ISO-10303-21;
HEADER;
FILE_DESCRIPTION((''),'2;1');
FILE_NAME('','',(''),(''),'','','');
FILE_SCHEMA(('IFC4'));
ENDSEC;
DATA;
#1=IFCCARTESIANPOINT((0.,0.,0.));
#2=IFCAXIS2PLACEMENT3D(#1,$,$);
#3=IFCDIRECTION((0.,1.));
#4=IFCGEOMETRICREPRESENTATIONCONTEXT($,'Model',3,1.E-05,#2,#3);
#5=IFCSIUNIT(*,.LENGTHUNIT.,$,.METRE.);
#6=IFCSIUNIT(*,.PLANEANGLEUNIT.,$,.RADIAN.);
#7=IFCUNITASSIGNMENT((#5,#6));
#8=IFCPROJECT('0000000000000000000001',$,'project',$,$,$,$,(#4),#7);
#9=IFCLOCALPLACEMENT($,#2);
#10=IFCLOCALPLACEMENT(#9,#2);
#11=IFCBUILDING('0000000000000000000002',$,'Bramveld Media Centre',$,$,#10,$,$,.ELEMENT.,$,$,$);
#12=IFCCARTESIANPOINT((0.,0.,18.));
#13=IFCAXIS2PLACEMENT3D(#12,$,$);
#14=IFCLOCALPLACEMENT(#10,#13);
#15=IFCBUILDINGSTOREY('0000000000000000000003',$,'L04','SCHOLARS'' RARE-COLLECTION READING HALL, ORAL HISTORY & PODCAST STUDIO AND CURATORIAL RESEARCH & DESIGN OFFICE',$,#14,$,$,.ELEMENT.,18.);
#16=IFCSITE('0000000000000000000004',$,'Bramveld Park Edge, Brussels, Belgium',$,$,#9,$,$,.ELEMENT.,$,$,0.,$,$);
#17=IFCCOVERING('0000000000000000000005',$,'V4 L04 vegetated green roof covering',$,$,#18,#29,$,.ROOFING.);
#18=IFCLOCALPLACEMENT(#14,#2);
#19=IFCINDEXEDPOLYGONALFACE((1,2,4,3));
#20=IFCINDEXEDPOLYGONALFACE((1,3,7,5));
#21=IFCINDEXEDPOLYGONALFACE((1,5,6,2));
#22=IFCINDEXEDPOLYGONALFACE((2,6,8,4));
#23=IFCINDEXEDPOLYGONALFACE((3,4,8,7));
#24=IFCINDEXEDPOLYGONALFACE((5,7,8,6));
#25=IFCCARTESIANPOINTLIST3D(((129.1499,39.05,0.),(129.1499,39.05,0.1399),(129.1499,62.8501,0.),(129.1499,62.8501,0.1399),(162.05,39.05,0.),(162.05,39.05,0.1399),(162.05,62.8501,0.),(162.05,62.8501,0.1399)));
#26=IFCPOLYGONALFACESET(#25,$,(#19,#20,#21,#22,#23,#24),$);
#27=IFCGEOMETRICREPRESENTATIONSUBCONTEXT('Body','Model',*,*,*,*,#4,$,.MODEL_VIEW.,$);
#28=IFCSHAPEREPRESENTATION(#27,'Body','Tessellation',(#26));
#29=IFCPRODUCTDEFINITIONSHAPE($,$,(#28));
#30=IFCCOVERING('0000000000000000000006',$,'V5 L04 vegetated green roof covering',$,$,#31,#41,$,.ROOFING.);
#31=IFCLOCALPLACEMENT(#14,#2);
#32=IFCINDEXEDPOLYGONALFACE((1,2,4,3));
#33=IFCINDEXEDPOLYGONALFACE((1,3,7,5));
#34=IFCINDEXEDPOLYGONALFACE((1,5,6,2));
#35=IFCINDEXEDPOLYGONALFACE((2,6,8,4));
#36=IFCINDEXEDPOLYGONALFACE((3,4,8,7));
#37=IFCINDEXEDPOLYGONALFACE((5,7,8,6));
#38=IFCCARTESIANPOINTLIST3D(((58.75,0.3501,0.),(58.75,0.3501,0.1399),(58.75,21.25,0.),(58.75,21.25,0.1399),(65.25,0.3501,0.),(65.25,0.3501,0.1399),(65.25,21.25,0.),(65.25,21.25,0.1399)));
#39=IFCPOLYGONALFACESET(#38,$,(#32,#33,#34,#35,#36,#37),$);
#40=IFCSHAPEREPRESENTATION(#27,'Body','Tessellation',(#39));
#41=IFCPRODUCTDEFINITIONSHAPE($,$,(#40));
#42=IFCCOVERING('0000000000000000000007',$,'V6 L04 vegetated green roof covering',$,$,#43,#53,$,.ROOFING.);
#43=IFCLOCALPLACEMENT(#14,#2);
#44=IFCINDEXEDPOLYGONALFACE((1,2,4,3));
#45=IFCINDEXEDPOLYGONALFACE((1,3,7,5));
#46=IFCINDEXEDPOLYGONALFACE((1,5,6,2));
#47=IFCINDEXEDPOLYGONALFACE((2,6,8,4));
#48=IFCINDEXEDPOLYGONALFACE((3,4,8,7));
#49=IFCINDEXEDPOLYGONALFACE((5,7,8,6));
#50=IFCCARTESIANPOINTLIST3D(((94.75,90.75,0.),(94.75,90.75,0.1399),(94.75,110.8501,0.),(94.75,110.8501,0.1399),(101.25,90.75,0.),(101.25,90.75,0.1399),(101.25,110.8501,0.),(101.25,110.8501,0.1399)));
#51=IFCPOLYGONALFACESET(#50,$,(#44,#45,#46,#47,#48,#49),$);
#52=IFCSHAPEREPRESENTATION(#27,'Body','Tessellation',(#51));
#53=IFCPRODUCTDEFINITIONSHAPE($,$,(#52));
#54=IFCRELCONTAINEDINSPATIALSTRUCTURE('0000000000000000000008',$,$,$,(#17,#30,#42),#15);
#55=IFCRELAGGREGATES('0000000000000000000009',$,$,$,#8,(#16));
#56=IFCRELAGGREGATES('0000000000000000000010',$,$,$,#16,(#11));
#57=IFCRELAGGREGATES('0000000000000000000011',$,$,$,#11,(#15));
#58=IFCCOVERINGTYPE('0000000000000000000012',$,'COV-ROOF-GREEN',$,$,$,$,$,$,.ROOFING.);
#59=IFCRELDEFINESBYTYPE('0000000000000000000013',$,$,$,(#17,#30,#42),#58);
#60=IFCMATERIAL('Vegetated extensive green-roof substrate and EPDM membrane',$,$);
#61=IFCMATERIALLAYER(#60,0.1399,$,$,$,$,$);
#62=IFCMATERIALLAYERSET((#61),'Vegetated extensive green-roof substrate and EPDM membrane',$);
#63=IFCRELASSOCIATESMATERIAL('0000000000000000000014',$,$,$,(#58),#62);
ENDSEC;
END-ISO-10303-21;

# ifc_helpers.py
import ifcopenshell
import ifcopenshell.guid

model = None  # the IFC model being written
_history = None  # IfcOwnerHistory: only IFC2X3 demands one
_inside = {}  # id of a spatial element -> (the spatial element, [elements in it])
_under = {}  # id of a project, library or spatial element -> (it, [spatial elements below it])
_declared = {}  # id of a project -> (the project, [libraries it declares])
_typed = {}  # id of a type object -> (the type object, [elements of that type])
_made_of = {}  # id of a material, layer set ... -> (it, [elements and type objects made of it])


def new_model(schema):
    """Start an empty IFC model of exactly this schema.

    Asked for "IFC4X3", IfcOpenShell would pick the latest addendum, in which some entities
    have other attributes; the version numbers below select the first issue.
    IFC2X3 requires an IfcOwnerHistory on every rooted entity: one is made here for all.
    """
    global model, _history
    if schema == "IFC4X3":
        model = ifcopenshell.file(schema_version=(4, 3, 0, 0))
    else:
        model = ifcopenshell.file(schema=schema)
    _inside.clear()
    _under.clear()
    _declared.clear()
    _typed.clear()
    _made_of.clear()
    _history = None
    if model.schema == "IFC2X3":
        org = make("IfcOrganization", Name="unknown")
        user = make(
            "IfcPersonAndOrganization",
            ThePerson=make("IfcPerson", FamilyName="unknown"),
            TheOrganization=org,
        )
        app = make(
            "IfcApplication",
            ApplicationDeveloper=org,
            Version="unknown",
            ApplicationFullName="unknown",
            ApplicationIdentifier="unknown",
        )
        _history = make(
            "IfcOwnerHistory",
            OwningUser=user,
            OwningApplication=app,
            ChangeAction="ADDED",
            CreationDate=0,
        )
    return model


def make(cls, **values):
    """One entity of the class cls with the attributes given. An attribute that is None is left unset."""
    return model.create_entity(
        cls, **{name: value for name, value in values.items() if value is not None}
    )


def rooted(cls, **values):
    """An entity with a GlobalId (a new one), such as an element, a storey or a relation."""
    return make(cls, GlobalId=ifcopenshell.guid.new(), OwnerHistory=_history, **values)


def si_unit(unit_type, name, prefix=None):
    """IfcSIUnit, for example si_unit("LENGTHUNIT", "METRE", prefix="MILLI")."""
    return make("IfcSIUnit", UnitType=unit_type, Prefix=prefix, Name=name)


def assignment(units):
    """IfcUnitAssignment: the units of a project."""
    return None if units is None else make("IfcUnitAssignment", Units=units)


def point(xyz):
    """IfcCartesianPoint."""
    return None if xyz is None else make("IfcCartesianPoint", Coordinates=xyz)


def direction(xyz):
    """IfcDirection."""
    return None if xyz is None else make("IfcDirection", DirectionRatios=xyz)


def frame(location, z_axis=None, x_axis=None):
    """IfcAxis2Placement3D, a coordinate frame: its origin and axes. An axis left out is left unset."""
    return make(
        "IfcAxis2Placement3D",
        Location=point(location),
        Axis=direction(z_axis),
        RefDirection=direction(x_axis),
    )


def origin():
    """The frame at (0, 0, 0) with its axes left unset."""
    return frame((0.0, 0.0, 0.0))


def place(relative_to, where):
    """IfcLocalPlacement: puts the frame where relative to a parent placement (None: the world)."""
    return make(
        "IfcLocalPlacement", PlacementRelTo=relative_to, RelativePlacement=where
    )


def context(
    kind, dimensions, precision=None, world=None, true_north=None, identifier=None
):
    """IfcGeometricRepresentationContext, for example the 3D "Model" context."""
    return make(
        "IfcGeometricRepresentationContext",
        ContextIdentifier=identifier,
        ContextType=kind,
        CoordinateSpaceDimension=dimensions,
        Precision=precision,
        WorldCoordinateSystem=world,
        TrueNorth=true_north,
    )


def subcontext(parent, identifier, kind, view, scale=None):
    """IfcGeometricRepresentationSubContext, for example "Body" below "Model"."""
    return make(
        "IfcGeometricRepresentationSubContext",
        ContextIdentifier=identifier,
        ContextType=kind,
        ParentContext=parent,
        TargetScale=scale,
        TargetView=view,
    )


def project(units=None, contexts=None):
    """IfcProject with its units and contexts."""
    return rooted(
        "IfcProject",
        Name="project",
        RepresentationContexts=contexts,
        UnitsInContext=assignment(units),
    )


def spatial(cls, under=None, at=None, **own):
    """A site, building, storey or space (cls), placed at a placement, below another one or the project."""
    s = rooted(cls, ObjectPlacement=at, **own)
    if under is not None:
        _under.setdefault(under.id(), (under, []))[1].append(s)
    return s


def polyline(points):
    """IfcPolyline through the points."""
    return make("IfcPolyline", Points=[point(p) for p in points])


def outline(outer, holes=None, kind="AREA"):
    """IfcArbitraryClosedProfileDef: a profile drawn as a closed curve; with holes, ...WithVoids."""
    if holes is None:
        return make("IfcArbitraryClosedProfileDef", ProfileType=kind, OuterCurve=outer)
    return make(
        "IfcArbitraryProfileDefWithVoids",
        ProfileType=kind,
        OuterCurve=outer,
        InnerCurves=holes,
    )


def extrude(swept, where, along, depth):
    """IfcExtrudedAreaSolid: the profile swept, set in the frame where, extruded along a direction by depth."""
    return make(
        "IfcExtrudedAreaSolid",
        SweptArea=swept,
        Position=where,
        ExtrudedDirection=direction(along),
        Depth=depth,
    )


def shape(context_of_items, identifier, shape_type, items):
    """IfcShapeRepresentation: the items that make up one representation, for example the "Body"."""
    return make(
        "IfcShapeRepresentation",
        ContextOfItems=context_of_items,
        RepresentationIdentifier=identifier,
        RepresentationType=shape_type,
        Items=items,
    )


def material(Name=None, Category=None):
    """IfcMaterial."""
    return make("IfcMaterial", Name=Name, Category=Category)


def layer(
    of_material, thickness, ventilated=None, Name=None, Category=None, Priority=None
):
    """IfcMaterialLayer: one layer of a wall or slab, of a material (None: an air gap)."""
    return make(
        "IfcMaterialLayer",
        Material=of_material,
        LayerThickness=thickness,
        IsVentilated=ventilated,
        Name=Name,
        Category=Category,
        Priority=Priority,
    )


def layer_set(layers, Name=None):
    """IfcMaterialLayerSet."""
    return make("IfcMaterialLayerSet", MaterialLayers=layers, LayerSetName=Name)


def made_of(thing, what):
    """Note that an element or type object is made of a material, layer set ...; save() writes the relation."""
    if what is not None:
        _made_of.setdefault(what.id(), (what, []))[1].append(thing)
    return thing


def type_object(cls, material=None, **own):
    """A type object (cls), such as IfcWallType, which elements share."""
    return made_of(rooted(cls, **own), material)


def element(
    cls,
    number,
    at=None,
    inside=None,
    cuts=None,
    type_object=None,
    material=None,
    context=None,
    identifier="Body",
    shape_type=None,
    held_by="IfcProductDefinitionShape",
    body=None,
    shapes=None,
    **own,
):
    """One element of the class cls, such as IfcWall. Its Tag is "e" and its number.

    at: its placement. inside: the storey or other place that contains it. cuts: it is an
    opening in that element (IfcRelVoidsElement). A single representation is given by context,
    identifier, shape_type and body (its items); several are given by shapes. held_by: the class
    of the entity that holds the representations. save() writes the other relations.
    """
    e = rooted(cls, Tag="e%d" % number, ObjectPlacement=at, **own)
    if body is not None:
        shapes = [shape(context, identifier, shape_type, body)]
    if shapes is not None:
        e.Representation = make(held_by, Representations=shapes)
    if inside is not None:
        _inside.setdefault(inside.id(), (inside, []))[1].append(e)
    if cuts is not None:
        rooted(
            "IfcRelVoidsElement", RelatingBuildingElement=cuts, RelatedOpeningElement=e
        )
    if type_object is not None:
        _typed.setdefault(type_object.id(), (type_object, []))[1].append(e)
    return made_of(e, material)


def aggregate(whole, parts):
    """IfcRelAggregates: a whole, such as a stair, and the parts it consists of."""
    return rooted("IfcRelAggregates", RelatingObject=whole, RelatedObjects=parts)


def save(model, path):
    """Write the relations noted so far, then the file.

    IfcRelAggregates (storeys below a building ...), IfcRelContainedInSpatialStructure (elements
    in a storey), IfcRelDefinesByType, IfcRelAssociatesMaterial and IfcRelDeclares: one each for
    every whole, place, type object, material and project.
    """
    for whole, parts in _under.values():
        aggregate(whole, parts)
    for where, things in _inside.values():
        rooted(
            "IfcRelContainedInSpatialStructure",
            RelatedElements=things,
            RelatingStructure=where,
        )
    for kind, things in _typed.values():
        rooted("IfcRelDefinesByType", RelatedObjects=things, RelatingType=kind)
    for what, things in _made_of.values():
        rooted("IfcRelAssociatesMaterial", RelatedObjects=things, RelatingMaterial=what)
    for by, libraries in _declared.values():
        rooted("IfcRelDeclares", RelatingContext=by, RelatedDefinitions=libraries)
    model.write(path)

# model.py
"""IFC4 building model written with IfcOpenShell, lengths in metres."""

from ifc_helpers import new_model, si_unit, direction, frame, origin, place, context, subcontext, project, spatial, polyline, outline, extrude, material, layer, layer_set, type_object, element, save


model = new_model("IFC4")

# Units and contexts
model_context = context("Model", 3, precision=1e-05, world=origin(), true_north=direction((0.0, 1.0)))
body_context = subcontext(model_context, "Body", "Model", "MODEL_VIEW")
ifc_project = project(units=[si_unit("LENGTHUNIT", "METRE"), si_unit("PLANEANGLEUNIT", "RADIAN")], contexts=[model_context])

# Site, building, storey
site_placement = place(None, origin())
site = spatial("IfcSite", under=ifc_project, at=site_placement, Name="Bramveld Park Edge, Brussels, Belgium", CompositionType="ELEMENT", RefElevation=0.0)
building_placement = place(site_placement, origin())
building = spatial("IfcBuilding", under=site, at=building_placement, Name="Bramveld Media Centre", CompositionType="ELEMENT")
storey_placement = place(building_placement, frame((0.0, 0.0, 18.0)))
storey = spatial("IfcBuildingStorey", under=building, at=storey_placement, Name="L04", Description="SCHOLARS' RARE-COLLECTION READING HALL, ORAL HISTORY & PODCAST STUDIO AND CURATORIAL RESEARCH & DESIGN OFFICE", CompositionType="ELEMENT", Elevation=18.0)

# Coverings
ifc_material_1 = material(Name="Vegetated extensive green-roof substrate and EPDM membrane")
ifc_layer_1 = layer(ifc_material_1, 0.1399)
ifc_layer_set_1 = layer_set([ifc_layer_1], Name="Vegetated extensive green-roof substrate and EPDM membrane")
covering_type = type_object("IfcCoveringType", Name="COV-ROOF-GREEN", PredefinedType="ROOFING", material=ifc_layer_set_1)
covering_1_placement = place(storey_placement, origin())
element("IfcCovering", 1, at=covering_1_placement, inside=storey, type_object=covering_type, Name="V4 L04 vegetated green roof covering", PredefinedType="ROOFING", context=body_context, shape_type="SweptSolid", body=[
    extrude(outline(polyline([(129.1499, 39.05), (162.05, 39.05), (162.05, 62.8501), (129.1499, 62.8501), (129.1499, 39.05)])), origin(), (0.0, 0.0, 1.0), 0.1399),
])
covering_2_placement = place(storey_placement, origin())
element("IfcCovering", 2, at=covering_2_placement, inside=storey, type_object=covering_type, Name="V5 L04 vegetated green roof covering", PredefinedType="ROOFING", context=body_context, shape_type="SweptSolid", body=[
    extrude(outline(polyline([(58.75, 0.3501), (65.25, 0.3501), (65.25, 21.25), (58.75, 21.25), (58.75, 0.3501)])), origin(), (0.0, 0.0, 1.0), 0.1399),
])
covering_3_placement = place(storey_placement, origin())
element("IfcCovering", 3, at=covering_3_placement, inside=storey, type_object=covering_type, Name="V6 L04 vegetated green roof covering", PredefinedType="ROOFING", context=body_context, shape_type="SweptSolid", body=[
    extrude(outline(polyline([(94.75, 90.75), (101.25, 90.75), (101.25, 110.8501), (94.75, 110.8501), (94.75, 90.75)])), origin(), (0.0, 0.0, 1.0), 0.1399),
])

save(model, "model.ifc")
